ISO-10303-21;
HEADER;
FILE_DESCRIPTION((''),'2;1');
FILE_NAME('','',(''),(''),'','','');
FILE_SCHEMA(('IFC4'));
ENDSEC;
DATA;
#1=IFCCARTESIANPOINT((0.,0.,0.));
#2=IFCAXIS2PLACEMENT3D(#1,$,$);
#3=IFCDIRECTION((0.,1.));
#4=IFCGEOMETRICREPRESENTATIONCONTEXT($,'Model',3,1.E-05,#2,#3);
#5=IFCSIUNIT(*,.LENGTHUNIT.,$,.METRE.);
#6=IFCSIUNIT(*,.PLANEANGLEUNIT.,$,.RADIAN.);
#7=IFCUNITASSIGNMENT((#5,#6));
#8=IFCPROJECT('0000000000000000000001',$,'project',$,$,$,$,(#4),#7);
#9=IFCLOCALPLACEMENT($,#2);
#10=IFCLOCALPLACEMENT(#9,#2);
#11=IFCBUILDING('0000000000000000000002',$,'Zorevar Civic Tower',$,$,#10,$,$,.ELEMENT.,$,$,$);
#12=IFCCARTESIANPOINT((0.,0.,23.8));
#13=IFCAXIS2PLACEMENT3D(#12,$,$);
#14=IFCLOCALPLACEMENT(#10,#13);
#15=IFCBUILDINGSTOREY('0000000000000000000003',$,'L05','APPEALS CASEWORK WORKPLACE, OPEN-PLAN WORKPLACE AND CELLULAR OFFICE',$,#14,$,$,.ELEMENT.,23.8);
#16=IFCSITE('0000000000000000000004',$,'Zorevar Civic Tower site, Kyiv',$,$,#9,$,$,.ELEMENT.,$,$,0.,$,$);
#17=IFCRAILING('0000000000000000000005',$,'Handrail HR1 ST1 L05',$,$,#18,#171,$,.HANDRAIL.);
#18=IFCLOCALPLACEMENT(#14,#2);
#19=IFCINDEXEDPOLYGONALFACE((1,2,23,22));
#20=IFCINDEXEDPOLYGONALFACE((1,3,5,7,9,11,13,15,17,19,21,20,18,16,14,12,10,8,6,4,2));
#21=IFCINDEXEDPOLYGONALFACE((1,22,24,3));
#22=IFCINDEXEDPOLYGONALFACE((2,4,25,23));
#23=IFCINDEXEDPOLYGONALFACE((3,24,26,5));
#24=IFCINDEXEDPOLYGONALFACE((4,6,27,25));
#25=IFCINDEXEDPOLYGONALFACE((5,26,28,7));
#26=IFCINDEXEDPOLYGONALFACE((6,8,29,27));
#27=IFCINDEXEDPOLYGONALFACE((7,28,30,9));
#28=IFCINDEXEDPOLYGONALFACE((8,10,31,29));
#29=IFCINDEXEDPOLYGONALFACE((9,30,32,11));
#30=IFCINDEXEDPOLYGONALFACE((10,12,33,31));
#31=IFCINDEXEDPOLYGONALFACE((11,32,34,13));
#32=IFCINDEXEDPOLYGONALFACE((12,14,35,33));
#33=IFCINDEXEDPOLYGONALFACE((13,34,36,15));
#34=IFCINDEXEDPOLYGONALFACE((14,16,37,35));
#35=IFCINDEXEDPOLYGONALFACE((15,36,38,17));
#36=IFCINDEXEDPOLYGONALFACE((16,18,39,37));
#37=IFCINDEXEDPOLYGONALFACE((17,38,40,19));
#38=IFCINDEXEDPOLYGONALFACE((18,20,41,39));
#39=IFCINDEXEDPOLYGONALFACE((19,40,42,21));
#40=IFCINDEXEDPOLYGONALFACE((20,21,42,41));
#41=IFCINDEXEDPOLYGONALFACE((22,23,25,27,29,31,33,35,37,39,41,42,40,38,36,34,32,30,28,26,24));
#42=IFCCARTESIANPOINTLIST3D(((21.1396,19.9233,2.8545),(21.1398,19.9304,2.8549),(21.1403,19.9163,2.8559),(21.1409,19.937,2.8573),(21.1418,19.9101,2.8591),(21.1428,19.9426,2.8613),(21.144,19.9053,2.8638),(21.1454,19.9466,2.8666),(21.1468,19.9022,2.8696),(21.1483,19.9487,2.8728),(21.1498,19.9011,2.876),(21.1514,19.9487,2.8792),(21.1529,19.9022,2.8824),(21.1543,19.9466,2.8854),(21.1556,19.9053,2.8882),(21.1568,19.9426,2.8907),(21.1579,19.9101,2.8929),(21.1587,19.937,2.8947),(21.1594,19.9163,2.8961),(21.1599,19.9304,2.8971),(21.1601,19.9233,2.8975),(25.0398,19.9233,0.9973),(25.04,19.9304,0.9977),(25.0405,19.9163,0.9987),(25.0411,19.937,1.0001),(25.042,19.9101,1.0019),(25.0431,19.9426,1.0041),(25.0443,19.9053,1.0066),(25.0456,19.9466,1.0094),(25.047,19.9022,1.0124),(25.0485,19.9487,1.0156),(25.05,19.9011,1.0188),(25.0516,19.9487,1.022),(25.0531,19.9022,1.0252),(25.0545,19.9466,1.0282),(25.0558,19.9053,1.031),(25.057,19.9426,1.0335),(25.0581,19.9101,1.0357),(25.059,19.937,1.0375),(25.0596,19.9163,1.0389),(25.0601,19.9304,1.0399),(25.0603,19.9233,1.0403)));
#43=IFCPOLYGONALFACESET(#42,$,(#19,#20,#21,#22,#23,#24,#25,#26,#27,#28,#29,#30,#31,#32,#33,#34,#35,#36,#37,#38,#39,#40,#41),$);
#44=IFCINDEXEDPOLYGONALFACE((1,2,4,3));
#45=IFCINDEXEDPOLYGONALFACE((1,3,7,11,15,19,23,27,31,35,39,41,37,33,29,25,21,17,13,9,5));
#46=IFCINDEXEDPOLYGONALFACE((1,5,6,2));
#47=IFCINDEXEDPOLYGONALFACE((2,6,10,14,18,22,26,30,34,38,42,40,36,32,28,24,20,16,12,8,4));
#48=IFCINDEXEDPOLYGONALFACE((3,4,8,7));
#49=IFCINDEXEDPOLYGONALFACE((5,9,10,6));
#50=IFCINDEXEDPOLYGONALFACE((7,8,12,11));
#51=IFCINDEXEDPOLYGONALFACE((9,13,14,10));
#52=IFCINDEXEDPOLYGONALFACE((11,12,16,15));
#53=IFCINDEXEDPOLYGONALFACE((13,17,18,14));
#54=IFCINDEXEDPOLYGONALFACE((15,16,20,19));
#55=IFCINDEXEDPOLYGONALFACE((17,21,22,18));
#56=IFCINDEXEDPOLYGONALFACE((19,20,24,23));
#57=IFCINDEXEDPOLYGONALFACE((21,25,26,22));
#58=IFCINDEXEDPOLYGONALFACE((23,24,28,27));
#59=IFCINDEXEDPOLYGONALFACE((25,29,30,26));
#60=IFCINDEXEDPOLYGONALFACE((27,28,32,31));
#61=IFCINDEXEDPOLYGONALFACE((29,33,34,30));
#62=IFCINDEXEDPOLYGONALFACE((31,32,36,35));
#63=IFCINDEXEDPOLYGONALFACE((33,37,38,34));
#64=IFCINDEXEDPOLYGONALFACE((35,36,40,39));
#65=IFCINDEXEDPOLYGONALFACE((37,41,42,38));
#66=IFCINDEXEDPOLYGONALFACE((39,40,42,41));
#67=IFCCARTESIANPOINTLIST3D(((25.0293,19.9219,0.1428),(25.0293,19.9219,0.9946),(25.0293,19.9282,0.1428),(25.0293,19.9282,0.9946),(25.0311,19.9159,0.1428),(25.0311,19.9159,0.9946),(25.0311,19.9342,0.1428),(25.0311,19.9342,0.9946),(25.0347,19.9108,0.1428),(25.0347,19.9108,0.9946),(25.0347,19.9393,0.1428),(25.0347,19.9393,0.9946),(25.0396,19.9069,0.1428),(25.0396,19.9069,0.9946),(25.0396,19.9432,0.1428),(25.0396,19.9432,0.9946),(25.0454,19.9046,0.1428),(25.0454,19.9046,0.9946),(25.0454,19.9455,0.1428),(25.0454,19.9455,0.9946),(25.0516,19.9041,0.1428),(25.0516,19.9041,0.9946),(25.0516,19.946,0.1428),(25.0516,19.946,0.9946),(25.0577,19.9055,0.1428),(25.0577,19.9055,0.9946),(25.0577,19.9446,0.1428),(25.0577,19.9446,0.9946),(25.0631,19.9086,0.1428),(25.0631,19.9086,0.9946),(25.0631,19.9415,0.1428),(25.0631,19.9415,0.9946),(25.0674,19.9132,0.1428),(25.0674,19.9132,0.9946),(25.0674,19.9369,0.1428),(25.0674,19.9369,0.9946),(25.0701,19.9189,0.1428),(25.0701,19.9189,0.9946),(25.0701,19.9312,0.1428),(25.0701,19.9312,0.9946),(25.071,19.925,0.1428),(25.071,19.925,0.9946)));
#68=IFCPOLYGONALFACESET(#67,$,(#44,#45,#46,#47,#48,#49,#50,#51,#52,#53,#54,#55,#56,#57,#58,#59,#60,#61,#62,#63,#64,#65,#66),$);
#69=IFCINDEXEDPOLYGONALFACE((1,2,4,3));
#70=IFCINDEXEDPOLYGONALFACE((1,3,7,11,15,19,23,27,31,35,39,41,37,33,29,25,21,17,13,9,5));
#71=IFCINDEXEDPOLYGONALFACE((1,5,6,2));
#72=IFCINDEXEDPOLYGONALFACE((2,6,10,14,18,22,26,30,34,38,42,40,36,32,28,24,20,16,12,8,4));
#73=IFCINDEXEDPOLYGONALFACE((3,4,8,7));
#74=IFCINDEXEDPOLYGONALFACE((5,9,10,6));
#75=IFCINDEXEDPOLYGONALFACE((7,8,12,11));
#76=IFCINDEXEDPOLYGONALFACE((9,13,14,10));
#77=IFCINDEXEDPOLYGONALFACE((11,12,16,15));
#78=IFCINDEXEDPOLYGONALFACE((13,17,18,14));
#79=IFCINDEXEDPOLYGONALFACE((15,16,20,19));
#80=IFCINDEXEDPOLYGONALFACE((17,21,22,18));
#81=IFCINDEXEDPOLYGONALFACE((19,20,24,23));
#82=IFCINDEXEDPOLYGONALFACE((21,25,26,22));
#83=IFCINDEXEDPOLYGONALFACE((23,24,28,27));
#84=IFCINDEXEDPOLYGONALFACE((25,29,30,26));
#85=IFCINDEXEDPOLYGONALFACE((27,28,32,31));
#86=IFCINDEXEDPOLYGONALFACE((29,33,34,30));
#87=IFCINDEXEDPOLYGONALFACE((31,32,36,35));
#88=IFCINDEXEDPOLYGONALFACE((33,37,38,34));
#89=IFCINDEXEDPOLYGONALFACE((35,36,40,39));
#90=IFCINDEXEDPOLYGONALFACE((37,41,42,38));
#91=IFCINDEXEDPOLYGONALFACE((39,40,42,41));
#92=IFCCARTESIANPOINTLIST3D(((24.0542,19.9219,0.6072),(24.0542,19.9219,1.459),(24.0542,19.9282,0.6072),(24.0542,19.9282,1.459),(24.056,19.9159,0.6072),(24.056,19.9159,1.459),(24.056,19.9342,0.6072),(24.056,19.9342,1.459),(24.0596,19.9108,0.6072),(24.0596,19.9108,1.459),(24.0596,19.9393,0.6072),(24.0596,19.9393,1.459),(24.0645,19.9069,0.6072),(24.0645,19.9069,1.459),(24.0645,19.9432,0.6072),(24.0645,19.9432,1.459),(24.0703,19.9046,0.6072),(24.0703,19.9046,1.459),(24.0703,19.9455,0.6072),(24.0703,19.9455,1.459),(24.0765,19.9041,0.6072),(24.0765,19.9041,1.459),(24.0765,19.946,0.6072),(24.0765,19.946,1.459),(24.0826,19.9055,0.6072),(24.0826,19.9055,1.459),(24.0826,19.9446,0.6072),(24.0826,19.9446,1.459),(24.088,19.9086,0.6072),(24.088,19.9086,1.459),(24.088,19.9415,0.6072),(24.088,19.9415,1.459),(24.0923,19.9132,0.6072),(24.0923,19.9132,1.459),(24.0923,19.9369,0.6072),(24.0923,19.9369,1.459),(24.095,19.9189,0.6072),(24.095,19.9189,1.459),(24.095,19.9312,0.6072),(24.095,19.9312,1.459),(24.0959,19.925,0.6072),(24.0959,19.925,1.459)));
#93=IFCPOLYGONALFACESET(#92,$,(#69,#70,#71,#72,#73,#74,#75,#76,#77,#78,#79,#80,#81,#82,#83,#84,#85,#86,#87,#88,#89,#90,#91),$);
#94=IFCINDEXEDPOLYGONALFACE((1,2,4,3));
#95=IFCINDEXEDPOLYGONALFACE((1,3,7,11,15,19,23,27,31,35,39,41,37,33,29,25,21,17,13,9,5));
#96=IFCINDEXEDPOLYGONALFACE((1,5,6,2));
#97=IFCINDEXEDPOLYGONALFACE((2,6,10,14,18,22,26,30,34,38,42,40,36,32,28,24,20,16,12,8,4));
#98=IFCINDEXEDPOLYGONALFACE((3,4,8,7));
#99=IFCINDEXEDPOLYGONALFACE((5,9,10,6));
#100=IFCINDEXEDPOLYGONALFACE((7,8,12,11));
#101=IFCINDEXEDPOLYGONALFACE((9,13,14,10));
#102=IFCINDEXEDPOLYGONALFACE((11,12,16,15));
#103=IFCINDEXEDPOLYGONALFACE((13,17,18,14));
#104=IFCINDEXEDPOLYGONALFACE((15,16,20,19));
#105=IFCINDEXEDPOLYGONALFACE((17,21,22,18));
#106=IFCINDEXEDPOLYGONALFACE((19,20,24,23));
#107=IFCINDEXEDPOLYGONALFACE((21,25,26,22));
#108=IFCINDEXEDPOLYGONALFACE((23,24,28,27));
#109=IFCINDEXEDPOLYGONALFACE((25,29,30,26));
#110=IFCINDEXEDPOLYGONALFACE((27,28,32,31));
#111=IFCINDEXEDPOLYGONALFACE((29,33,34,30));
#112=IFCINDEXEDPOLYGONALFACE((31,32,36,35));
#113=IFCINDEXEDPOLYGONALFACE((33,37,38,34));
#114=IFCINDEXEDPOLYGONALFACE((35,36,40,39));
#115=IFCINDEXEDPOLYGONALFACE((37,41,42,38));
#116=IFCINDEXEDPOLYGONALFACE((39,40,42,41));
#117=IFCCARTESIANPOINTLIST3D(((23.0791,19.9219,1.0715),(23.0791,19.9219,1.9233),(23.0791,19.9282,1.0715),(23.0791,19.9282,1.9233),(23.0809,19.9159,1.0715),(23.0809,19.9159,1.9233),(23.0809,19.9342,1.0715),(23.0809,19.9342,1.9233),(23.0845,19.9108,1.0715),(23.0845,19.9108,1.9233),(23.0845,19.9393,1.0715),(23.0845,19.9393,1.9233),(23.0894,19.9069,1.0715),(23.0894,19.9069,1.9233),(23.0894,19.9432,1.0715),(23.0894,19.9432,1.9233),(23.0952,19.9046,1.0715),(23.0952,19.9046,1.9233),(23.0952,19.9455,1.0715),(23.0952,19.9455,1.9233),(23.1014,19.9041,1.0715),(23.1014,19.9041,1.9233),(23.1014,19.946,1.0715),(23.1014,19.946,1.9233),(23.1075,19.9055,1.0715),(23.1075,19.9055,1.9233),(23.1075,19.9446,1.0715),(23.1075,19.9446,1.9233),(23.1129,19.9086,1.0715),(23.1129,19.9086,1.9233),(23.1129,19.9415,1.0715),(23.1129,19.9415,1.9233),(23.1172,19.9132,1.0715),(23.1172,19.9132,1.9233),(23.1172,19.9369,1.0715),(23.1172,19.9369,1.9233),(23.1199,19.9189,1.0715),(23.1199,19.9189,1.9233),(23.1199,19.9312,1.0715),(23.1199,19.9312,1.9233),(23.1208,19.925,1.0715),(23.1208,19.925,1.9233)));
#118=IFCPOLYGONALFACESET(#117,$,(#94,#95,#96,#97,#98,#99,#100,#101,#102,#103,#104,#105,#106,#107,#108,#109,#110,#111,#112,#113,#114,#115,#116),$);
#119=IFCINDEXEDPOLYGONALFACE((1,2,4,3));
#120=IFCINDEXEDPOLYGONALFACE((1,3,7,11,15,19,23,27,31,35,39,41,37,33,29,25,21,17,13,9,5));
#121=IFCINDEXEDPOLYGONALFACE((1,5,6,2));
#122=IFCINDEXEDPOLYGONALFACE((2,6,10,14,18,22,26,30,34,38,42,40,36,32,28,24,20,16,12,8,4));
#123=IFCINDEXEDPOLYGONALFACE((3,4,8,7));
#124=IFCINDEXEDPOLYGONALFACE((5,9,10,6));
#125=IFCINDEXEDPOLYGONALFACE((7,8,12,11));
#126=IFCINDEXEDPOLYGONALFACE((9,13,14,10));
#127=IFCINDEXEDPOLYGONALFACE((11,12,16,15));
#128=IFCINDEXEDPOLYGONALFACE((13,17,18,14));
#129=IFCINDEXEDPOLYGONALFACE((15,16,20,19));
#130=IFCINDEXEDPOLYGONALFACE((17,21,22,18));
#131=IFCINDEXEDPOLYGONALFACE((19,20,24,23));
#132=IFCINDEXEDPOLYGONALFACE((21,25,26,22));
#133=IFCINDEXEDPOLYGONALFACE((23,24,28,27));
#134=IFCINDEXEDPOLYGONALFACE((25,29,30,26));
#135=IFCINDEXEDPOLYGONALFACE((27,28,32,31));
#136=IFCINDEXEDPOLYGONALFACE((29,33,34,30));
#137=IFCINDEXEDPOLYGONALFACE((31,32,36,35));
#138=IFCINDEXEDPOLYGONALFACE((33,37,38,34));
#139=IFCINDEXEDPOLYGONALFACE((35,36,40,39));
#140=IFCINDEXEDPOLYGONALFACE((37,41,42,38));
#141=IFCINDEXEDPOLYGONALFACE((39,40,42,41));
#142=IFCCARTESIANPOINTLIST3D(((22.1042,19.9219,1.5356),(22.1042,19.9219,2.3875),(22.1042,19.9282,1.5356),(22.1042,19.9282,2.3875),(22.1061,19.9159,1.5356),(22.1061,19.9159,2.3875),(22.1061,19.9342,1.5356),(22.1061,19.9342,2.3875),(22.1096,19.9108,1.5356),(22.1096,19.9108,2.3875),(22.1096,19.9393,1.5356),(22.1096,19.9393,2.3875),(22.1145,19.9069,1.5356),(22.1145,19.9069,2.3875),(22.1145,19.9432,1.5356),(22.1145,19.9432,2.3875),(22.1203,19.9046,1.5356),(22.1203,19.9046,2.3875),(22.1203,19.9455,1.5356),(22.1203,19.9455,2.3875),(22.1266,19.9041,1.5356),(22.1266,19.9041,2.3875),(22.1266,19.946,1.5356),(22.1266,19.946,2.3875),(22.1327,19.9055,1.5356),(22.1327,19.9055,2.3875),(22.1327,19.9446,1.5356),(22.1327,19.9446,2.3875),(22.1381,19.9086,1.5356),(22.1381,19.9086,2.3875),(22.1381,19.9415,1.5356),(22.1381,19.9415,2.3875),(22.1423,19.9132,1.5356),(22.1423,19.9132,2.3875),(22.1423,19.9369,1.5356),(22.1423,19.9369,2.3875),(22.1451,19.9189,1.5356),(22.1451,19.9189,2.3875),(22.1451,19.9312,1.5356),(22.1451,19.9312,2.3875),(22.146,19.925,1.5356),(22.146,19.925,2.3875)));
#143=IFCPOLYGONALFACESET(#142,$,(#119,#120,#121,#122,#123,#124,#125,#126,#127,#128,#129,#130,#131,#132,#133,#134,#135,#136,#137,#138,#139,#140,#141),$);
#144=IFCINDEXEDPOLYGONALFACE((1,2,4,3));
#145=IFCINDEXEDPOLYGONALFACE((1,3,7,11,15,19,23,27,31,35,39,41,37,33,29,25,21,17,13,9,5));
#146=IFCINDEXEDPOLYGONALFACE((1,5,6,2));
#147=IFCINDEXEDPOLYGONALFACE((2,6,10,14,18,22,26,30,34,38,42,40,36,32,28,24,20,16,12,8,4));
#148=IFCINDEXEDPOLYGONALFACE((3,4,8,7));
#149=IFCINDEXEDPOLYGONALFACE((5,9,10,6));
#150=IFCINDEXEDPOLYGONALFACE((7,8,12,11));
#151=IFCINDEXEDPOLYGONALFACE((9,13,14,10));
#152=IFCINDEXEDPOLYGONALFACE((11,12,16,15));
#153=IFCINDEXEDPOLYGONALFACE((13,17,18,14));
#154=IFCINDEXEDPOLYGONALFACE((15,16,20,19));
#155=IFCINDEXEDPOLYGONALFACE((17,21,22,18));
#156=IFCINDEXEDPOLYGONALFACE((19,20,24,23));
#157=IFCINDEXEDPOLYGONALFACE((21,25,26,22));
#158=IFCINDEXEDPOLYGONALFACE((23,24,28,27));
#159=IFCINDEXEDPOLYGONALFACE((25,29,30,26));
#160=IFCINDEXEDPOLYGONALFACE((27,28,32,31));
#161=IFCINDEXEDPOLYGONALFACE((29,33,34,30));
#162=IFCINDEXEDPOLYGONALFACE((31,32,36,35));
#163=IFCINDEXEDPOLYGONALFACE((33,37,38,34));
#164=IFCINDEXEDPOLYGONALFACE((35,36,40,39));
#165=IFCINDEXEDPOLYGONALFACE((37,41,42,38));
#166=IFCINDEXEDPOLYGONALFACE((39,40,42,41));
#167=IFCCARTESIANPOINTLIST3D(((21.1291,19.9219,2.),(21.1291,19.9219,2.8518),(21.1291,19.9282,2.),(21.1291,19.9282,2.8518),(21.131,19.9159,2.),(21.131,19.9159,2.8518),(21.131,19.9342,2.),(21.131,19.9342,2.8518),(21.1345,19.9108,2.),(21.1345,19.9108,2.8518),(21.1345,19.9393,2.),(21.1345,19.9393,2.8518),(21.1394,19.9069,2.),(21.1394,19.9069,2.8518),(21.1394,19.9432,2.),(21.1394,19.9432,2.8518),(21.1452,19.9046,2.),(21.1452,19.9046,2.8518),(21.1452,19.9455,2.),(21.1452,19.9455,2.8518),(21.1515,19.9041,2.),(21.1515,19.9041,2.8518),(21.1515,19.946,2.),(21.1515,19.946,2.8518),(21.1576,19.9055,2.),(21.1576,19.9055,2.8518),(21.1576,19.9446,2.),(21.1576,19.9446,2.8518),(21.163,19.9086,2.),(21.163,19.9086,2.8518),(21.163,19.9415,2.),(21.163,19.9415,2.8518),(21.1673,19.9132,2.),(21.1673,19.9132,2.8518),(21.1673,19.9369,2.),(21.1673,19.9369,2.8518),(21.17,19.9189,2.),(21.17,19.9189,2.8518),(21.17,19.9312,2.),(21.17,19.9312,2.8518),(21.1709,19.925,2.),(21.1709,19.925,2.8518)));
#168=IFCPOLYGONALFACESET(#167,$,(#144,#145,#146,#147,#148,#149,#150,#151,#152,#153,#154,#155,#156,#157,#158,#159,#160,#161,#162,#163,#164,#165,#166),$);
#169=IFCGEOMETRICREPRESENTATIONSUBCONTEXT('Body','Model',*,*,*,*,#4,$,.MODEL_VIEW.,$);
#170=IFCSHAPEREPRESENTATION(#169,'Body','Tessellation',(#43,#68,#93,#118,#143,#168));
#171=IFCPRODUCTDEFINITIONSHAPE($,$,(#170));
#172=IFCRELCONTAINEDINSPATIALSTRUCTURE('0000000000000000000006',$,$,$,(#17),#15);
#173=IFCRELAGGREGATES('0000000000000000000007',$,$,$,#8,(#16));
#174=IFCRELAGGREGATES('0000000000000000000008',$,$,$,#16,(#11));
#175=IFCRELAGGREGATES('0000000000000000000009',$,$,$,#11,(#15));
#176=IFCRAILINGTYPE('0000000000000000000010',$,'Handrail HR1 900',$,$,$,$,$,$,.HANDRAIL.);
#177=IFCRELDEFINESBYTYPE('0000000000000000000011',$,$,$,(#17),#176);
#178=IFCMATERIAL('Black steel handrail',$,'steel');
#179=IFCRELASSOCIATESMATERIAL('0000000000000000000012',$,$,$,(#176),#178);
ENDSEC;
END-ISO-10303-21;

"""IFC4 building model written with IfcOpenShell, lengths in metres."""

from ifc_helpers import new_model, si_unit, direction, frame, origin, origin_2d, place, context, subcontext, project, spatial, circle, extrude, material, type_object, element, save


model = new_model("IFC4")

# Units and contexts
model_context = context("Model", 3, precision=1e-05, world=origin(), true_north=direction((0.0, 1.0)))
body_context = subcontext(model_context, "Body", "Model", "MODEL_VIEW")
ifc_project = project(units=[si_unit("LENGTHUNIT", "METRE"), si_unit("PLANEANGLEUNIT", "RADIAN")], contexts=[model_context])

# Site, building, storey
site_placement = place(None, origin())
site = spatial("IfcSite", under=ifc_project, at=site_placement, Name="Zorevar Civic Tower site, Kyiv", CompositionType="ELEMENT", RefElevation=0.0)
building_placement = place(site_placement, origin())
building = spatial("IfcBuilding", under=site, at=building_placement, Name="Zorevar Civic Tower", CompositionType="ELEMENT")
storey_placement = place(building_placement, frame((0.0, 0.0, 23.8)))
storey = spatial("IfcBuildingStorey", under=building, at=storey_placement, Name="L05", Description="APPEALS CASEWORK WORKPLACE, OPEN-PLAN WORKPLACE AND CELLULAR OFFICE", CompositionType="ELEMENT", Elevation=23.8)

# Railing
ifc_material_1 = material(Name="Black steel handrail", Category="steel")
railing_type = type_object("IfcRailingType", Name="Handrail HR1 900", PredefinedType="HANDRAIL", material=ifc_material_1)
railing_1_placement = place(storey_placement, frame((25.05, 19.925, 0.1428)))
element("IfcRailing", 1, at=railing_1_placement, inside=storey, type_object=railing_type, Name="Handrail HR1 ST1 L05", PredefinedType="HANDRAIL", context=body_context, shape_type="SweptSolid", body=[
    extrude(circle(Radius=0.0239, at=origin_2d()), frame((0.0, 0.0, 0.876), z_axis=(-0.902864, 0.0, 0.429927), x_axis=(0.0, -1.0, 0.0)), (0.0, 0.0, 1.0), 4.3198),
    extrude(circle(Radius=0.021, at=origin_2d()), origin(), (0.0, 0.0, 1.0), 0.8518),
    extrude(circle(Radius=0.021, at=origin_2d()), frame((-0.9751, 0.0, 0.4644)), (0.0, 0.0, 1.0), 0.8518),
    extrude(circle(Radius=0.021, at=origin_2d()), frame((-1.9502, 0.0, 0.9287)), (0.0, 0.0, 1.0), 0.8518),
    extrude(circle(Radius=0.021, at=origin_2d()), frame((-2.925, 0.0, 1.3928)), (0.0, 0.0, 1.0), 0.8518),
    extrude(circle(Radius=0.021, at=origin_2d()), frame((-3.9001, 0.0, 1.8572)), (0.0, 0.0, 1.0), 0.8518),
])

save(model, "model.ifc")
